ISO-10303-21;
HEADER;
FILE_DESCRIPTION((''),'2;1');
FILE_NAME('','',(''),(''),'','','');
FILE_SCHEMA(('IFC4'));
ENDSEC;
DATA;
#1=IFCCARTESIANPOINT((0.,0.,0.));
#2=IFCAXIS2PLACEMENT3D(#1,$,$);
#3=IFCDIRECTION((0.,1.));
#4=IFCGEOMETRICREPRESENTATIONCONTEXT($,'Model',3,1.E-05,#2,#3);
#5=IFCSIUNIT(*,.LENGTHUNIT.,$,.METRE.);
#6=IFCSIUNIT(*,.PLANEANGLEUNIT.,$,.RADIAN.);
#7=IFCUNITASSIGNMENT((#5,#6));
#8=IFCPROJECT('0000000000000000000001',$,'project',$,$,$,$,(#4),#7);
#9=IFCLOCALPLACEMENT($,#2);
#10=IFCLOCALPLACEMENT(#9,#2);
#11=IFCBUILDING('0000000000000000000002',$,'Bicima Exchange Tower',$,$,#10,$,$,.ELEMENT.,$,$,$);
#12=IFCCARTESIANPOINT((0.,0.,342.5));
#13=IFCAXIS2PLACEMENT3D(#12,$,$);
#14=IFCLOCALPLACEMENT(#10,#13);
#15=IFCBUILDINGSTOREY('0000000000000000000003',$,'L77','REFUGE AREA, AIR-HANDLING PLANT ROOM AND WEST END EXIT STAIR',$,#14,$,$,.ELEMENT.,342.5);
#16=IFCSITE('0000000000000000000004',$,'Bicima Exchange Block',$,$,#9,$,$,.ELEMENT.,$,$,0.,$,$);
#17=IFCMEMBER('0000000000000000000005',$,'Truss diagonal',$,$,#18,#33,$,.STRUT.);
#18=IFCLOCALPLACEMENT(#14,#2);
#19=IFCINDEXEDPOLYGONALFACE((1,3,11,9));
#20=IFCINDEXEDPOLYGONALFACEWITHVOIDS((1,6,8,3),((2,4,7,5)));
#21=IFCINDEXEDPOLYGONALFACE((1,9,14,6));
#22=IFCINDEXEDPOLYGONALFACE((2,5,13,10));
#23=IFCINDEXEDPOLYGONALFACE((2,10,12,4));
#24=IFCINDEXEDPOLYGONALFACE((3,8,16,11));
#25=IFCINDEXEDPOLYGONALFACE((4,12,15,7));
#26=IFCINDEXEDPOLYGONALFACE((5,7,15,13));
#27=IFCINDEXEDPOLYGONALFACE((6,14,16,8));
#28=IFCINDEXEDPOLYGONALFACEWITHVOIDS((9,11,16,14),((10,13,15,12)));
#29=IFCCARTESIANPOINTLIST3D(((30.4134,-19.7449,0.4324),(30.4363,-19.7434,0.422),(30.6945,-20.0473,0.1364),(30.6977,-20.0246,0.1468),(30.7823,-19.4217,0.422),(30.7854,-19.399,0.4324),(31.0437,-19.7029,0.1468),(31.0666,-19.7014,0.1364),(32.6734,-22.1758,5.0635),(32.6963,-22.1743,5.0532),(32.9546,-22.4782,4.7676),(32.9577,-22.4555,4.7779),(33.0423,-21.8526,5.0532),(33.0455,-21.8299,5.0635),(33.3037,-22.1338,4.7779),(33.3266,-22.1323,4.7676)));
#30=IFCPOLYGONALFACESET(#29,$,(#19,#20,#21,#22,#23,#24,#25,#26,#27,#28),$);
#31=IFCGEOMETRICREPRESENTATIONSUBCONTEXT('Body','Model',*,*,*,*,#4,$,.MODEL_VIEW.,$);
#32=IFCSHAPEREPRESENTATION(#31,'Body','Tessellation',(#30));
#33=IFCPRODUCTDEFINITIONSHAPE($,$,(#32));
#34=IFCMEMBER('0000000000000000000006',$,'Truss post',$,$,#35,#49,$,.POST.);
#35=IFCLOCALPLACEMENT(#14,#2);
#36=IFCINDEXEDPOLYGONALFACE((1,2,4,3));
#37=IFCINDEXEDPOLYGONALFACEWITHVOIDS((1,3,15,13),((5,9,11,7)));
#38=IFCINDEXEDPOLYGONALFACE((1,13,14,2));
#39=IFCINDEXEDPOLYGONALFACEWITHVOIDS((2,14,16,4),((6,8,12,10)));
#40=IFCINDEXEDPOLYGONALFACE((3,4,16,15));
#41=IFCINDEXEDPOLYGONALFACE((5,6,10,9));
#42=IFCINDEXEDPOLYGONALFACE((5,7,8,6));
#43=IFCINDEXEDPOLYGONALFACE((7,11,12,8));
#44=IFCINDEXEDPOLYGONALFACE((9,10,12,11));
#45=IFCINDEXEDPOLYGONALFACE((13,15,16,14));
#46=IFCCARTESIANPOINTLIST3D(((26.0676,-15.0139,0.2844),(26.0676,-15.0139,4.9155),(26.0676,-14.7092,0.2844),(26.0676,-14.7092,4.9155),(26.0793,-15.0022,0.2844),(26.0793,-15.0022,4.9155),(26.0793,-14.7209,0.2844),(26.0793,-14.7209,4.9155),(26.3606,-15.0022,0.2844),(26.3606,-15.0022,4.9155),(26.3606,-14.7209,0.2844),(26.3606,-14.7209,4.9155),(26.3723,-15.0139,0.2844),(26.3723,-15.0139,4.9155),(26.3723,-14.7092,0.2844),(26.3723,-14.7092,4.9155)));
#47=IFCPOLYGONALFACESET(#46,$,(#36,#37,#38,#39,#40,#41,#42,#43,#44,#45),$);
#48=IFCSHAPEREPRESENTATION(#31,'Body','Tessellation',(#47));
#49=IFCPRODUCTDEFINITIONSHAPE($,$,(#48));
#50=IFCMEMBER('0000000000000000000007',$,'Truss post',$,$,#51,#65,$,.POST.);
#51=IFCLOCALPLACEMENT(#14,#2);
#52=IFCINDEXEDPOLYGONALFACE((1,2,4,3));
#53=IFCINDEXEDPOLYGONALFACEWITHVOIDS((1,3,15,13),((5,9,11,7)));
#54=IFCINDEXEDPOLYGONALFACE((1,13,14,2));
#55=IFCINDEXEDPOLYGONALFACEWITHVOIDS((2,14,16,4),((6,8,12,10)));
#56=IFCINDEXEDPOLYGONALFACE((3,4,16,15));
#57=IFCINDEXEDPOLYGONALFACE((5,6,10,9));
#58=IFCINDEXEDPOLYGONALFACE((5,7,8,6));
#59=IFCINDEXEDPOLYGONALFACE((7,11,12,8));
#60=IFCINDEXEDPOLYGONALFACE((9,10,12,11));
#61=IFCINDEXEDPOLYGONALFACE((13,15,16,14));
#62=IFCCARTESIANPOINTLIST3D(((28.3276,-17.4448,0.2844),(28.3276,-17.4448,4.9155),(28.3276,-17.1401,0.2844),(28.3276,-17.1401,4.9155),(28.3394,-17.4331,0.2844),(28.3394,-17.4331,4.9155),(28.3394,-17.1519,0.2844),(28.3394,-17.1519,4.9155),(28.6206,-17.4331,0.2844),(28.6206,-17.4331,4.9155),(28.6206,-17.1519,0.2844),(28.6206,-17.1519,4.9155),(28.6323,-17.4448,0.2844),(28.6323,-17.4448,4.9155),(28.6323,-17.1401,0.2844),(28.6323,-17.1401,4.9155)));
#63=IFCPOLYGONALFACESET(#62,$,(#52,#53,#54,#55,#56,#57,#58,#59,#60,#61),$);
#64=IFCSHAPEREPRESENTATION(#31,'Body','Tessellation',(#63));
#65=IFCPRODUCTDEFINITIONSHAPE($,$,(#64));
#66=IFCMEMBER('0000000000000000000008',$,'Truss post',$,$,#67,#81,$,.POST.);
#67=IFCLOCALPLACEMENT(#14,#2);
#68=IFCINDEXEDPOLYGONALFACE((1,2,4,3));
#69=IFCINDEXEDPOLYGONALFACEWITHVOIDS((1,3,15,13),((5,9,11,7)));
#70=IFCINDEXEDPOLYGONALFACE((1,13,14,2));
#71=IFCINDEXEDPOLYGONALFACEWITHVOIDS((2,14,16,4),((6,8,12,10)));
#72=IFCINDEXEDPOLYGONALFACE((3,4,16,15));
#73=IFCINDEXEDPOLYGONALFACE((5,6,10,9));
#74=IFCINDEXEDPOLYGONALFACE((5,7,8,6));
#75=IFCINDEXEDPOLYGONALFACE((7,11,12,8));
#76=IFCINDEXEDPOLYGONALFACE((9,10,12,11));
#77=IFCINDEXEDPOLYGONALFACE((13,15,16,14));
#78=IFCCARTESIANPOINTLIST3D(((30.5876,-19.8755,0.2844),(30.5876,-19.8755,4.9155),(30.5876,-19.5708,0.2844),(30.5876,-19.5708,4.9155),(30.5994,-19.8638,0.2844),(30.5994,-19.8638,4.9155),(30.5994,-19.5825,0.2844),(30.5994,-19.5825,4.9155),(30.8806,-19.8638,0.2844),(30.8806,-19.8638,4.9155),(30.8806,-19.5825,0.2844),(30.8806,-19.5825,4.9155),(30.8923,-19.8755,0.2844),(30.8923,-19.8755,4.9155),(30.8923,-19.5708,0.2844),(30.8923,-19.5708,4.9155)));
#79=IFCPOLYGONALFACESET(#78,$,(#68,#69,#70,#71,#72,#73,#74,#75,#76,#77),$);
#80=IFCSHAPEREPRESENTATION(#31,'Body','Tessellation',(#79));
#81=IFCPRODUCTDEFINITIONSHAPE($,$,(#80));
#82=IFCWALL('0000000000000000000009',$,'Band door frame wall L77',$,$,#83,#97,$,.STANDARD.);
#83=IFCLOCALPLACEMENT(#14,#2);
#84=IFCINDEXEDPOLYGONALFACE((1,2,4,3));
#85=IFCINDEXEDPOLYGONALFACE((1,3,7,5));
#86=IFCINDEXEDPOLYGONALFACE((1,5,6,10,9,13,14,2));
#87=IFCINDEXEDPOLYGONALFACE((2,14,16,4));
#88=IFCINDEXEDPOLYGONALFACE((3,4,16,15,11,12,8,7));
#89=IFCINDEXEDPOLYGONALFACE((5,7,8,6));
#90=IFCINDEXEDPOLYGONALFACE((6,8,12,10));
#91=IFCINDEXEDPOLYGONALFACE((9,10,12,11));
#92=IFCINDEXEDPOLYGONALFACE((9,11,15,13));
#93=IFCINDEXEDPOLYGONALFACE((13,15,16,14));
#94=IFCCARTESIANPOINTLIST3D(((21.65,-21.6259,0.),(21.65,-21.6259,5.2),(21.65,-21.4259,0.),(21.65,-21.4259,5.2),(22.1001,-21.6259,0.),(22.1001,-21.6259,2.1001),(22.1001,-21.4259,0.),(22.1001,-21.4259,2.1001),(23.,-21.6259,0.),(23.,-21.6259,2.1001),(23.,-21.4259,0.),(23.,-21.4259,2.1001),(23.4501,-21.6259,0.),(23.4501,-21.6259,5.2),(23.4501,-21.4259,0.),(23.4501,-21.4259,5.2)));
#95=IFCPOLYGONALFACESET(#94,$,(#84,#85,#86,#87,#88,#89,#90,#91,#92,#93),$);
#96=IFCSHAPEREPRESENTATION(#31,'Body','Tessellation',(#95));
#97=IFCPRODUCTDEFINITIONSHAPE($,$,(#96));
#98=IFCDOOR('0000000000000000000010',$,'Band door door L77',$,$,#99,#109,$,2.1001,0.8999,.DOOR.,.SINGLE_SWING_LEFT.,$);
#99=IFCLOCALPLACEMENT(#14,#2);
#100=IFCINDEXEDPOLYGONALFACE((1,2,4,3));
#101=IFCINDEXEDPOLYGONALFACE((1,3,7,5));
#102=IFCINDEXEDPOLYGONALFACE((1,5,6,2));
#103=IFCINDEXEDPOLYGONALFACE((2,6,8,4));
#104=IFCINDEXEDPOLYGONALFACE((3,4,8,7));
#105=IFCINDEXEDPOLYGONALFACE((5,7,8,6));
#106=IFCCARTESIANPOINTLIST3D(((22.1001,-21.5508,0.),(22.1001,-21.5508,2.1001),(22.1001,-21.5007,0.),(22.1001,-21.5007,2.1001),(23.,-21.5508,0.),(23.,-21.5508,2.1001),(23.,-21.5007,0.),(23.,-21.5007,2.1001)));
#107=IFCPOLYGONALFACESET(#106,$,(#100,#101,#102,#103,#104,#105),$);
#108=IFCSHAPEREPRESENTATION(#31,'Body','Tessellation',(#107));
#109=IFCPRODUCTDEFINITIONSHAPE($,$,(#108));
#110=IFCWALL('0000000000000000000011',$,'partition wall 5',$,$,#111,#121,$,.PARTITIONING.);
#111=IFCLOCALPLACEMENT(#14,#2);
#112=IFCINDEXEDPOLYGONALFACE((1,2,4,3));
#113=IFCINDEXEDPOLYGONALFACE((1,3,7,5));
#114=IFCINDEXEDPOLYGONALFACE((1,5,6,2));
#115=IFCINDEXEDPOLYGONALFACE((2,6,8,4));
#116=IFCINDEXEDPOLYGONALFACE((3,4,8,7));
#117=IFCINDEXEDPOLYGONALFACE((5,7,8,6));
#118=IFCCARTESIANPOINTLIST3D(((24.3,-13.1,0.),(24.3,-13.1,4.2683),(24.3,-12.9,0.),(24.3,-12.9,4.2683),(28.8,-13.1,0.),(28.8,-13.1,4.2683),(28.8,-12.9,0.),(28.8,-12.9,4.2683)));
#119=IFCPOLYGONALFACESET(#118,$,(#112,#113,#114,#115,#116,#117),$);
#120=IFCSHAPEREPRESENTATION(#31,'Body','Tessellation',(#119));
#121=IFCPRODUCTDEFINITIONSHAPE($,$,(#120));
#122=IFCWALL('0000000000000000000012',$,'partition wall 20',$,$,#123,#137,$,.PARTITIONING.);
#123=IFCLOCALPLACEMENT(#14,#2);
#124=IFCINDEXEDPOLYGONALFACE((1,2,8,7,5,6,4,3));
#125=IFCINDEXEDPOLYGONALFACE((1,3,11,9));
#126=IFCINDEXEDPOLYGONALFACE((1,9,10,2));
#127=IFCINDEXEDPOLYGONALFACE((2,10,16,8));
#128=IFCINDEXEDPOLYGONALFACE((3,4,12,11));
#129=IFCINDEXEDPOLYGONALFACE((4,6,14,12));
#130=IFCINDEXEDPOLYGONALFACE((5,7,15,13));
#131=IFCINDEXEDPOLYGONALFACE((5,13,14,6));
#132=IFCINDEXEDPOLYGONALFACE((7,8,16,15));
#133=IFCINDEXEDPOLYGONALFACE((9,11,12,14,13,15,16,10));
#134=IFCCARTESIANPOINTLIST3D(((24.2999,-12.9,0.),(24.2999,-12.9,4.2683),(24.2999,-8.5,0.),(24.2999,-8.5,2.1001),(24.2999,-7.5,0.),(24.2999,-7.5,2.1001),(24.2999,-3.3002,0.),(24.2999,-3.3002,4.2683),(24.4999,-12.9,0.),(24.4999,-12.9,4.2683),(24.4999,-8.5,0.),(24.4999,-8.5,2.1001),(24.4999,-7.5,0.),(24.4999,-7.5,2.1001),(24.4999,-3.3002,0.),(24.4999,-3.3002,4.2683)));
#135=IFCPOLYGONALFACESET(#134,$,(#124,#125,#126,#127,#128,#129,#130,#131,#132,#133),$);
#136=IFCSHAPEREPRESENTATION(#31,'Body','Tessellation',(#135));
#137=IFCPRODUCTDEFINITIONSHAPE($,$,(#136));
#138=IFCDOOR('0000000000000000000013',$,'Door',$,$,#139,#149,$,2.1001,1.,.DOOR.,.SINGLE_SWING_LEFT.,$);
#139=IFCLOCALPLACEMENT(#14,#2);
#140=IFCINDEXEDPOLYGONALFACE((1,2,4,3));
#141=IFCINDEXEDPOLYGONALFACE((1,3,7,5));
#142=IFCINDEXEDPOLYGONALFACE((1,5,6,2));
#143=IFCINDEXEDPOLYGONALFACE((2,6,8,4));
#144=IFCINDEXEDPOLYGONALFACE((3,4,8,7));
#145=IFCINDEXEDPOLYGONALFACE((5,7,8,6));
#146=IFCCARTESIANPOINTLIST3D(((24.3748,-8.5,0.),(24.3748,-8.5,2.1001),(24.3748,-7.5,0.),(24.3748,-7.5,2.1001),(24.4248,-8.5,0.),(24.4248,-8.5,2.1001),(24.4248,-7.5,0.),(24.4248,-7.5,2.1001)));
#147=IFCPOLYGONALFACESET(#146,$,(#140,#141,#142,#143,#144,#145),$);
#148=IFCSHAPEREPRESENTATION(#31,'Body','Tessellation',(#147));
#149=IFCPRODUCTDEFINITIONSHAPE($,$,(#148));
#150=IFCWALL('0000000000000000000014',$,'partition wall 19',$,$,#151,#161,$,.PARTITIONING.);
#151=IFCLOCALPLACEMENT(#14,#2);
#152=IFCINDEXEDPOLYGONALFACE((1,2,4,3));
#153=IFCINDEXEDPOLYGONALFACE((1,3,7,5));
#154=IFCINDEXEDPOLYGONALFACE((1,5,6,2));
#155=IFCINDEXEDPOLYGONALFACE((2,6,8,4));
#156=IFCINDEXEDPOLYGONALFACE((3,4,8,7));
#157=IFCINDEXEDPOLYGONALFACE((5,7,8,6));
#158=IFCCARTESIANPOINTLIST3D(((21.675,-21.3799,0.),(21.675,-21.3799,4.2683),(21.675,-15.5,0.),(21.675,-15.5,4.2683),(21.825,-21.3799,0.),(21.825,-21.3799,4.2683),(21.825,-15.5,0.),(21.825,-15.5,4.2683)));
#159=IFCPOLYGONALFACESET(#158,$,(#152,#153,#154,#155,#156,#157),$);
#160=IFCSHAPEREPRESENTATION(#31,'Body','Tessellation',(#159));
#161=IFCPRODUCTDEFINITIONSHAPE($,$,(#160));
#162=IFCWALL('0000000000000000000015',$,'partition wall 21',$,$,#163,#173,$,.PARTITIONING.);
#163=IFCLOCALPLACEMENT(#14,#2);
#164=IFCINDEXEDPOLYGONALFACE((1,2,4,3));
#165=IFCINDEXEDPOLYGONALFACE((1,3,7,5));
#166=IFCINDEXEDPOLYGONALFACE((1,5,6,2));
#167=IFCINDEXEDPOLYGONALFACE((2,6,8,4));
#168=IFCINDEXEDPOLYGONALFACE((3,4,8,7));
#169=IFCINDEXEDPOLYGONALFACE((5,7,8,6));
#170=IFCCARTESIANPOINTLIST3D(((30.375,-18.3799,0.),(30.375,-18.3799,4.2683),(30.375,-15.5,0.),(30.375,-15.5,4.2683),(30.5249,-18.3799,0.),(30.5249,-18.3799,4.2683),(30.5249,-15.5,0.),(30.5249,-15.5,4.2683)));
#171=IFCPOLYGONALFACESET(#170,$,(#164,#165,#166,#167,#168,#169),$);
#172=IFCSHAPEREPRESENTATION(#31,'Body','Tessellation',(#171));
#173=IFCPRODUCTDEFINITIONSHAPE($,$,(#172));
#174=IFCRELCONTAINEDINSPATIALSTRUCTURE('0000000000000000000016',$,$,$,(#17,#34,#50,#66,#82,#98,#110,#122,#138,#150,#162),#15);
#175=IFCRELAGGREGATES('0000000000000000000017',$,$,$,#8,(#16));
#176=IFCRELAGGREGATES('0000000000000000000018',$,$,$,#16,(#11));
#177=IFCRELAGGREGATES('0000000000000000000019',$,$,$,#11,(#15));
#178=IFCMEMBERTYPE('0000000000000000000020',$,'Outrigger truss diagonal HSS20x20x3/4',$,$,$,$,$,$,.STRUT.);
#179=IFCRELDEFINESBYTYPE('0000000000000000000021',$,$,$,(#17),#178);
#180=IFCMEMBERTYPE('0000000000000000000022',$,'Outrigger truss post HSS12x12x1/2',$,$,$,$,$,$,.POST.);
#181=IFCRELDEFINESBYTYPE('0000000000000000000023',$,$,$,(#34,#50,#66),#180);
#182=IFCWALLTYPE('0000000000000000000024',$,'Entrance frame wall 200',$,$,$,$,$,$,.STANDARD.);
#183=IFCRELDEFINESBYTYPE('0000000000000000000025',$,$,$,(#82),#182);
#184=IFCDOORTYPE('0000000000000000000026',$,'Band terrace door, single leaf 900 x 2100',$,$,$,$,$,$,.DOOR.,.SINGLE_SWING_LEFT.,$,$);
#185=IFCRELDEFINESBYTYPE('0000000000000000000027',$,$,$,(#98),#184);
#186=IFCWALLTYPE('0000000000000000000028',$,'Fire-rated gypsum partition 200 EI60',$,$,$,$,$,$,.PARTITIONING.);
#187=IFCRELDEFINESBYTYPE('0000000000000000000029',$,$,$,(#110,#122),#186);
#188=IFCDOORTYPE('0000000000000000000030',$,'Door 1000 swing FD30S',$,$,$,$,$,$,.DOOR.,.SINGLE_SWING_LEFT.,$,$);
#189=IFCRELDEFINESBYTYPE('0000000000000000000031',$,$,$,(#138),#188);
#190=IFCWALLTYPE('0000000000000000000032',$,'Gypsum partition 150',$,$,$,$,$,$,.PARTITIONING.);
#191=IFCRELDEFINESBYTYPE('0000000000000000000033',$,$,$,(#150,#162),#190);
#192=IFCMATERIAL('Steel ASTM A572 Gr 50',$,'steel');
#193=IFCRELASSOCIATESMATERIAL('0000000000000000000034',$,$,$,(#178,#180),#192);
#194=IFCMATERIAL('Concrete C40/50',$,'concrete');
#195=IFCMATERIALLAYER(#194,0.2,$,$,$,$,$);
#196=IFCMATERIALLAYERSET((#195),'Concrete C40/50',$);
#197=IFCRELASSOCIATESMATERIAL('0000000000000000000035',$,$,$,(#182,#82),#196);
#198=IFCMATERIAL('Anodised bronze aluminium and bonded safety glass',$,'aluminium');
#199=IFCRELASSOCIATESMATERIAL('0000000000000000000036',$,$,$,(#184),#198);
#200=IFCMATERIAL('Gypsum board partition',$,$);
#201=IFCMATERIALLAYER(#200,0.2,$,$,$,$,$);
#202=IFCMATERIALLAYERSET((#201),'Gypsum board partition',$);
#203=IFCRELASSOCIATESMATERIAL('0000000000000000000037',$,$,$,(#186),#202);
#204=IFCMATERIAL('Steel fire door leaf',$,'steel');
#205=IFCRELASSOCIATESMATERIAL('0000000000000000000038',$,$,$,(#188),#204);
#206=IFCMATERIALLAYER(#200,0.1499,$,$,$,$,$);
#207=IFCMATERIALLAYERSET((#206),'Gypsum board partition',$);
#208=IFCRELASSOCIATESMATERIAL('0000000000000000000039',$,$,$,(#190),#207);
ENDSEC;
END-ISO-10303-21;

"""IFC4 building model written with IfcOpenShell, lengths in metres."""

from ifc_helpers import new_model, si_unit, direction, frame, frame_2d, origin, origin_2d, place, context, subcontext, project, spatial, rectangle, hollow_rectangle, extrude, material, layer, layer_set, layer_usage, material_profile, profile_set, type_object, element, fill, save


model = new_model("IFC4")

# Units and contexts
model_context = context("Model", 3, precision=1e-05, world=origin(), true_north=direction((0.0, 1.0)))
body_context = subcontext(model_context, "Body", "Model", "MODEL_VIEW")
ifc_project = project(units=[si_unit("LENGTHUNIT", "METRE"), si_unit("PLANEANGLEUNIT", "RADIAN")], contexts=[model_context])

# Site, building, storey
site_placement = place(None, origin())
site = spatial("IfcSite", under=ifc_project, at=site_placement, Name="Bicima Exchange Block", CompositionType="ELEMENT", RefElevation=0.0)
building_placement = place(site_placement, origin())
building = spatial("IfcBuilding", under=site, at=building_placement, Name="Bicima Exchange Tower", CompositionType="ELEMENT")
storey_placement = place(building_placement, frame((0.0, 0.0, 342.5)))
storey = spatial("IfcBuildingStorey", under=building, at=storey_placement, Name="L77", Description="REFUGE AREA, AIR-HANDLING PLANT ROOM AND WEST END EXIT STAIR", CompositionType="ELEMENT", Elevation=342.5)

# Shared definitions
ifc_material_1 = material(Name="Steel ASTM A572 Gr 50", Category="steel")

# Members
ifc_material_profile_1 = material_profile(ifc_material_1, hollow_rectangle(XDim=0.5081, YDim=0.5081, WallThickness=0.0178, at=origin_2d()))
ifc_profile_set_1 = profile_set([ifc_material_profile_1], Name="Steel ASTM A572 Gr 50")
member_type_1 = type_object("IfcMemberType", Name="Outrigger truss diagonal HSS20x20x3/4", PredefinedType="STRUT", material=ifc_profile_set_1)
member_1_placement = place(storey_placement, frame((30.74, -19.7231, 0.2844), z_axis=(0.396651, -0.426645, 0.812799), x_axis=(0.732382, 0.680894, 0.0)))
element("IfcMember", 1, at=member_1_placement, inside=storey, type_object=member_type_1, Name="Truss diagonal", PredefinedType="STRUT", context=body_context, shape_type="SweptSolid", body=[
    extrude(hollow_rectangle(XDim=0.5081, YDim=0.5081, WallThickness=0.0178, at=origin_2d()), origin(), (0.0, 0.0, 1.0), 5.6978),
])
ifc_material_profile_2 = material_profile(ifc_material_1, hollow_rectangle(XDim=0.3047, YDim=0.3047, WallThickness=0.0117, at=origin_2d()))
ifc_profile_set_2 = profile_set([ifc_material_profile_2], Name="Steel ASTM A572 Gr 50")
member_type_2 = type_object("IfcMemberType", Name="Outrigger truss post HSS12x12x1/2", PredefinedType="POST", material=ifc_profile_set_2)
for number, where, z_axis, x_axis, name in (
    (2, (26.22, -14.8616, 0.2844), (0.0, 0.0, 1.0), (1.0, 0.0, 0.0), "Truss post"),
    (3, (28.48, -17.2925, 0.2844), (0.0, 0.0, 1.0), (1.0, 0.0, 0.0), "Truss post"),
    (4, (30.74, -19.7231, 0.2844), (0.0, 0.0, 1.0), (1.0, 0.0, 0.0), "Truss post"),
):
    element("IfcMember", number, at=place(storey_placement, frame(where, z_axis=z_axis, x_axis=x_axis)), inside=storey, type_object=member_type_2, Name=name, PredefinedType="POST", context=body_context, shape_type="SweptSolid", body=[
        extrude(hollow_rectangle(XDim=0.3047, YDim=0.3047, WallThickness=0.0117, at=origin_2d()), origin(), (0.0, 0.0, 1.0), 4.6311),
    ])

# Wall, opening, door
ifc_material_2 = material(Name="Concrete C40/50", Category="concrete")
ifc_layer_1 = layer(ifc_material_2, 0.2)
ifc_layer_set_1 = layer_set([ifc_layer_1], Name="Concrete C40/50")
ifc_layer_usage_1 = layer_usage(ifc_layer_set_1, "AXIS2", "POSITIVE", -0.1)
wall_type_1 = type_object("IfcWallType", Name="Entrance frame wall 200", PredefinedType="STANDARD", material=ifc_layer_set_1)
wall_1_placement = place(storey_placement, frame((23.45, -21.5259, 0.0), z_axis=(0.0, 0.0, 1.0), x_axis=(-1.0, 0.0, 0.0)))
wall_1 = element("IfcWall", 5, at=wall_1_placement, inside=storey, type_object=wall_type_1, material=ifc_layer_usage_1, Name="Band door frame wall L77", PredefinedType="STANDARD", context=body_context, shape_type="SweptSolid", body=[
    extrude(rectangle(XDim=1.8, YDim=0.2, at=frame_2d((0.8999, 0.0))), origin(), (0.0, 0.0, 1.0), 5.2),
])
opening_1_placement = place(wall_1_placement, frame((0.45, 0.0, 0.0)))
opening_1 = element("IfcOpeningElement", 6, at=opening_1_placement, cuts=wall_1, PredefinedType="OPENING", context=body_context, shape_type="SweptSolid", body=[
    extrude(rectangle(XDim=0.8999, YDim=2.1001, at=frame_2d((0.45, 1.05))), frame((0.0, 0.1118, 0.0), z_axis=(0.0, -1.0, 0.0), x_axis=(1.0, 0.0, 0.0)), (0.0, 0.0, 1.0), 0.2239),
])
ifc_material_3 = material(Name="Anodised bronze aluminium and bonded safety glass", Category="aluminium")
door_type_1 = type_object("IfcDoorType", Name="Band terrace door, single leaf 900 x 2100", OperationType="SINGLE_SWING_LEFT", PredefinedType="DOOR", material=ifc_material_3)
door_1_placement = place(opening_1_placement, origin())
door_1 = element("IfcDoor", 7, at=door_1_placement, inside=storey, type_object=door_type_1, Name="Band door door L77", OperationType="SINGLE_SWING_LEFT", OverallHeight=2.1001, OverallWidth=0.8999, PredefinedType="DOOR", context=body_context, shape_type="SweptSolid", body=[
    extrude(rectangle(XDim=0.8999, YDim=2.1001, at=frame_2d((0.45, 1.05))), frame((0.0, 0.0249, 0.0), z_axis=(0.0, -1.0, 0.0), x_axis=(1.0, 0.0, 0.0)), (0.0, 0.0, 1.0), 0.05),
])
fill(opening_1, door_1)

# Wall
ifc_material_4 = material(Name="Gypsum board partition")
ifc_layer_2 = layer(ifc_material_4, 0.2)
ifc_layer_set_2 = layer_set([ifc_layer_2], Name="Gypsum board partition")
wall_type_2 = type_object("IfcWallType", Name="Fire-rated gypsum partition 200 EI60", PredefinedType="PARTITIONING", material=ifc_layer_set_2)
wall_2_placement = place(storey_placement, frame((24.3, -13.0, 0.0), z_axis=(0.0, 0.0, 1.0), x_axis=(1.0, 0.0, 0.0)))
element("IfcWall", 8, at=wall_2_placement, inside=storey, type_object=wall_type_2, Name="partition wall 5", PredefinedType="PARTITIONING", context=body_context, shape_type="SweptSolid", body=[
    extrude(rectangle(XDim=4.5, YDim=0.2, at=frame_2d((2.25, 0.0))), origin(), (0.0, 0.0, 1.0), 4.2683),
])

# Wall, opening, door
wall_3_placement = place(storey_placement, frame((24.3999, -12.8999, 0.0), z_axis=(0.0, 0.0, 1.0), x_axis=(0.0, 1.0, 0.0)))
wall_3 = element("IfcWall", 9, at=wall_3_placement, inside=storey, type_object=wall_type_2, Name="partition wall 20", PredefinedType="PARTITIONING", context=body_context, shape_type="SweptSolid", body=[
    extrude(rectangle(XDim=9.5999, YDim=0.2, at=frame_2d((4.7998, 0.0))), origin(), (0.0, 0.0, 1.0), 4.2683),
])
opening_2_placement = place(wall_3_placement, frame((4.3999, 0.0, 0.0)))
opening_2 = element("IfcOpeningElement", 10, at=opening_2_placement, cuts=wall_3, PredefinedType="OPENING", context=body_context, shape_type="SweptSolid", body=[
    extrude(rectangle(XDim=1.0, YDim=2.1001, at=frame_2d((0.5, 1.05))), frame((0.0, 0.1118, 0.0), z_axis=(0.0, -1.0, 0.0), x_axis=(1.0, 0.0, 0.0)), (0.0, 0.0, 1.0), 0.2239),
])
ifc_material_5 = material(Name="Steel fire door leaf", Category="steel")
door_type_2 = type_object("IfcDoorType", Name="Door 1000 swing FD30S", OperationType="SINGLE_SWING_LEFT", PredefinedType="DOOR", material=ifc_material_5)
door_2_placement = place(opening_2_placement, frame((1.0, 0.0, 0.0), z_axis=(0.0, 0.0, 1.0), x_axis=(-1.0, 0.0, 0.0)))
door_2 = element("IfcDoor", 11, at=door_2_placement, inside=storey, type_object=door_type_2, Name="Door", OperationType="SINGLE_SWING_LEFT", OverallHeight=2.1001, OverallWidth=1.0, PredefinedType="DOOR", context=body_context, shape_type="SweptSolid", body=[
    extrude(rectangle(XDim=1.0, YDim=2.1001, at=frame_2d((0.5, 1.05))), frame((0.0, 0.0249, 0.0), z_axis=(0.0, -1.0, 0.0), x_axis=(1.0, 0.0, 0.0)), (0.0, 0.0, 1.0), 0.05),
])
fill(opening_2, door_2)

# Walls
ifc_layer_3 = layer(ifc_material_4, 0.1499)
ifc_layer_set_3 = layer_set([ifc_layer_3], Name="Gypsum board partition")
wall_type_3 = type_object("IfcWallType", Name="Gypsum partition 150", PredefinedType="PARTITIONING", material=ifc_layer_set_3)
wall_4_placement = place(storey_placement, frame((21.75, -21.3799, 0.0), z_axis=(0.0, 0.0, 1.0), x_axis=(0.0, 1.0, 0.0)))
element("IfcWall", 12, at=wall_4_placement, inside=storey, type_object=wall_type_3, Name="partition wall 19", PredefinedType="PARTITIONING", context=body_context, shape_type="SweptSolid", body=[
    extrude(rectangle(XDim=5.8799, YDim=0.1499, at=frame_2d((2.9399, 0.0))), origin(), (0.0, 0.0, 1.0), 4.2683),
])
wall_5_placement = place(storey_placement, frame((30.45, -18.3799, 0.0), z_axis=(0.0, 0.0, 1.0), x_axis=(0.0, 1.0, 0.0)))
element("IfcWall", 13, at=wall_5_placement, inside=storey, type_object=wall_type_3, Name="partition wall 21", PredefinedType="PARTITIONING", context=body_context, shape_type="SweptSolid", body=[
    extrude(rectangle(XDim=2.8799, YDim=0.1499, at=frame_2d((1.4399, 0.0))), origin(), (0.0, 0.0, 1.0), 4.2683),
])

save(model, "model.ifc")
